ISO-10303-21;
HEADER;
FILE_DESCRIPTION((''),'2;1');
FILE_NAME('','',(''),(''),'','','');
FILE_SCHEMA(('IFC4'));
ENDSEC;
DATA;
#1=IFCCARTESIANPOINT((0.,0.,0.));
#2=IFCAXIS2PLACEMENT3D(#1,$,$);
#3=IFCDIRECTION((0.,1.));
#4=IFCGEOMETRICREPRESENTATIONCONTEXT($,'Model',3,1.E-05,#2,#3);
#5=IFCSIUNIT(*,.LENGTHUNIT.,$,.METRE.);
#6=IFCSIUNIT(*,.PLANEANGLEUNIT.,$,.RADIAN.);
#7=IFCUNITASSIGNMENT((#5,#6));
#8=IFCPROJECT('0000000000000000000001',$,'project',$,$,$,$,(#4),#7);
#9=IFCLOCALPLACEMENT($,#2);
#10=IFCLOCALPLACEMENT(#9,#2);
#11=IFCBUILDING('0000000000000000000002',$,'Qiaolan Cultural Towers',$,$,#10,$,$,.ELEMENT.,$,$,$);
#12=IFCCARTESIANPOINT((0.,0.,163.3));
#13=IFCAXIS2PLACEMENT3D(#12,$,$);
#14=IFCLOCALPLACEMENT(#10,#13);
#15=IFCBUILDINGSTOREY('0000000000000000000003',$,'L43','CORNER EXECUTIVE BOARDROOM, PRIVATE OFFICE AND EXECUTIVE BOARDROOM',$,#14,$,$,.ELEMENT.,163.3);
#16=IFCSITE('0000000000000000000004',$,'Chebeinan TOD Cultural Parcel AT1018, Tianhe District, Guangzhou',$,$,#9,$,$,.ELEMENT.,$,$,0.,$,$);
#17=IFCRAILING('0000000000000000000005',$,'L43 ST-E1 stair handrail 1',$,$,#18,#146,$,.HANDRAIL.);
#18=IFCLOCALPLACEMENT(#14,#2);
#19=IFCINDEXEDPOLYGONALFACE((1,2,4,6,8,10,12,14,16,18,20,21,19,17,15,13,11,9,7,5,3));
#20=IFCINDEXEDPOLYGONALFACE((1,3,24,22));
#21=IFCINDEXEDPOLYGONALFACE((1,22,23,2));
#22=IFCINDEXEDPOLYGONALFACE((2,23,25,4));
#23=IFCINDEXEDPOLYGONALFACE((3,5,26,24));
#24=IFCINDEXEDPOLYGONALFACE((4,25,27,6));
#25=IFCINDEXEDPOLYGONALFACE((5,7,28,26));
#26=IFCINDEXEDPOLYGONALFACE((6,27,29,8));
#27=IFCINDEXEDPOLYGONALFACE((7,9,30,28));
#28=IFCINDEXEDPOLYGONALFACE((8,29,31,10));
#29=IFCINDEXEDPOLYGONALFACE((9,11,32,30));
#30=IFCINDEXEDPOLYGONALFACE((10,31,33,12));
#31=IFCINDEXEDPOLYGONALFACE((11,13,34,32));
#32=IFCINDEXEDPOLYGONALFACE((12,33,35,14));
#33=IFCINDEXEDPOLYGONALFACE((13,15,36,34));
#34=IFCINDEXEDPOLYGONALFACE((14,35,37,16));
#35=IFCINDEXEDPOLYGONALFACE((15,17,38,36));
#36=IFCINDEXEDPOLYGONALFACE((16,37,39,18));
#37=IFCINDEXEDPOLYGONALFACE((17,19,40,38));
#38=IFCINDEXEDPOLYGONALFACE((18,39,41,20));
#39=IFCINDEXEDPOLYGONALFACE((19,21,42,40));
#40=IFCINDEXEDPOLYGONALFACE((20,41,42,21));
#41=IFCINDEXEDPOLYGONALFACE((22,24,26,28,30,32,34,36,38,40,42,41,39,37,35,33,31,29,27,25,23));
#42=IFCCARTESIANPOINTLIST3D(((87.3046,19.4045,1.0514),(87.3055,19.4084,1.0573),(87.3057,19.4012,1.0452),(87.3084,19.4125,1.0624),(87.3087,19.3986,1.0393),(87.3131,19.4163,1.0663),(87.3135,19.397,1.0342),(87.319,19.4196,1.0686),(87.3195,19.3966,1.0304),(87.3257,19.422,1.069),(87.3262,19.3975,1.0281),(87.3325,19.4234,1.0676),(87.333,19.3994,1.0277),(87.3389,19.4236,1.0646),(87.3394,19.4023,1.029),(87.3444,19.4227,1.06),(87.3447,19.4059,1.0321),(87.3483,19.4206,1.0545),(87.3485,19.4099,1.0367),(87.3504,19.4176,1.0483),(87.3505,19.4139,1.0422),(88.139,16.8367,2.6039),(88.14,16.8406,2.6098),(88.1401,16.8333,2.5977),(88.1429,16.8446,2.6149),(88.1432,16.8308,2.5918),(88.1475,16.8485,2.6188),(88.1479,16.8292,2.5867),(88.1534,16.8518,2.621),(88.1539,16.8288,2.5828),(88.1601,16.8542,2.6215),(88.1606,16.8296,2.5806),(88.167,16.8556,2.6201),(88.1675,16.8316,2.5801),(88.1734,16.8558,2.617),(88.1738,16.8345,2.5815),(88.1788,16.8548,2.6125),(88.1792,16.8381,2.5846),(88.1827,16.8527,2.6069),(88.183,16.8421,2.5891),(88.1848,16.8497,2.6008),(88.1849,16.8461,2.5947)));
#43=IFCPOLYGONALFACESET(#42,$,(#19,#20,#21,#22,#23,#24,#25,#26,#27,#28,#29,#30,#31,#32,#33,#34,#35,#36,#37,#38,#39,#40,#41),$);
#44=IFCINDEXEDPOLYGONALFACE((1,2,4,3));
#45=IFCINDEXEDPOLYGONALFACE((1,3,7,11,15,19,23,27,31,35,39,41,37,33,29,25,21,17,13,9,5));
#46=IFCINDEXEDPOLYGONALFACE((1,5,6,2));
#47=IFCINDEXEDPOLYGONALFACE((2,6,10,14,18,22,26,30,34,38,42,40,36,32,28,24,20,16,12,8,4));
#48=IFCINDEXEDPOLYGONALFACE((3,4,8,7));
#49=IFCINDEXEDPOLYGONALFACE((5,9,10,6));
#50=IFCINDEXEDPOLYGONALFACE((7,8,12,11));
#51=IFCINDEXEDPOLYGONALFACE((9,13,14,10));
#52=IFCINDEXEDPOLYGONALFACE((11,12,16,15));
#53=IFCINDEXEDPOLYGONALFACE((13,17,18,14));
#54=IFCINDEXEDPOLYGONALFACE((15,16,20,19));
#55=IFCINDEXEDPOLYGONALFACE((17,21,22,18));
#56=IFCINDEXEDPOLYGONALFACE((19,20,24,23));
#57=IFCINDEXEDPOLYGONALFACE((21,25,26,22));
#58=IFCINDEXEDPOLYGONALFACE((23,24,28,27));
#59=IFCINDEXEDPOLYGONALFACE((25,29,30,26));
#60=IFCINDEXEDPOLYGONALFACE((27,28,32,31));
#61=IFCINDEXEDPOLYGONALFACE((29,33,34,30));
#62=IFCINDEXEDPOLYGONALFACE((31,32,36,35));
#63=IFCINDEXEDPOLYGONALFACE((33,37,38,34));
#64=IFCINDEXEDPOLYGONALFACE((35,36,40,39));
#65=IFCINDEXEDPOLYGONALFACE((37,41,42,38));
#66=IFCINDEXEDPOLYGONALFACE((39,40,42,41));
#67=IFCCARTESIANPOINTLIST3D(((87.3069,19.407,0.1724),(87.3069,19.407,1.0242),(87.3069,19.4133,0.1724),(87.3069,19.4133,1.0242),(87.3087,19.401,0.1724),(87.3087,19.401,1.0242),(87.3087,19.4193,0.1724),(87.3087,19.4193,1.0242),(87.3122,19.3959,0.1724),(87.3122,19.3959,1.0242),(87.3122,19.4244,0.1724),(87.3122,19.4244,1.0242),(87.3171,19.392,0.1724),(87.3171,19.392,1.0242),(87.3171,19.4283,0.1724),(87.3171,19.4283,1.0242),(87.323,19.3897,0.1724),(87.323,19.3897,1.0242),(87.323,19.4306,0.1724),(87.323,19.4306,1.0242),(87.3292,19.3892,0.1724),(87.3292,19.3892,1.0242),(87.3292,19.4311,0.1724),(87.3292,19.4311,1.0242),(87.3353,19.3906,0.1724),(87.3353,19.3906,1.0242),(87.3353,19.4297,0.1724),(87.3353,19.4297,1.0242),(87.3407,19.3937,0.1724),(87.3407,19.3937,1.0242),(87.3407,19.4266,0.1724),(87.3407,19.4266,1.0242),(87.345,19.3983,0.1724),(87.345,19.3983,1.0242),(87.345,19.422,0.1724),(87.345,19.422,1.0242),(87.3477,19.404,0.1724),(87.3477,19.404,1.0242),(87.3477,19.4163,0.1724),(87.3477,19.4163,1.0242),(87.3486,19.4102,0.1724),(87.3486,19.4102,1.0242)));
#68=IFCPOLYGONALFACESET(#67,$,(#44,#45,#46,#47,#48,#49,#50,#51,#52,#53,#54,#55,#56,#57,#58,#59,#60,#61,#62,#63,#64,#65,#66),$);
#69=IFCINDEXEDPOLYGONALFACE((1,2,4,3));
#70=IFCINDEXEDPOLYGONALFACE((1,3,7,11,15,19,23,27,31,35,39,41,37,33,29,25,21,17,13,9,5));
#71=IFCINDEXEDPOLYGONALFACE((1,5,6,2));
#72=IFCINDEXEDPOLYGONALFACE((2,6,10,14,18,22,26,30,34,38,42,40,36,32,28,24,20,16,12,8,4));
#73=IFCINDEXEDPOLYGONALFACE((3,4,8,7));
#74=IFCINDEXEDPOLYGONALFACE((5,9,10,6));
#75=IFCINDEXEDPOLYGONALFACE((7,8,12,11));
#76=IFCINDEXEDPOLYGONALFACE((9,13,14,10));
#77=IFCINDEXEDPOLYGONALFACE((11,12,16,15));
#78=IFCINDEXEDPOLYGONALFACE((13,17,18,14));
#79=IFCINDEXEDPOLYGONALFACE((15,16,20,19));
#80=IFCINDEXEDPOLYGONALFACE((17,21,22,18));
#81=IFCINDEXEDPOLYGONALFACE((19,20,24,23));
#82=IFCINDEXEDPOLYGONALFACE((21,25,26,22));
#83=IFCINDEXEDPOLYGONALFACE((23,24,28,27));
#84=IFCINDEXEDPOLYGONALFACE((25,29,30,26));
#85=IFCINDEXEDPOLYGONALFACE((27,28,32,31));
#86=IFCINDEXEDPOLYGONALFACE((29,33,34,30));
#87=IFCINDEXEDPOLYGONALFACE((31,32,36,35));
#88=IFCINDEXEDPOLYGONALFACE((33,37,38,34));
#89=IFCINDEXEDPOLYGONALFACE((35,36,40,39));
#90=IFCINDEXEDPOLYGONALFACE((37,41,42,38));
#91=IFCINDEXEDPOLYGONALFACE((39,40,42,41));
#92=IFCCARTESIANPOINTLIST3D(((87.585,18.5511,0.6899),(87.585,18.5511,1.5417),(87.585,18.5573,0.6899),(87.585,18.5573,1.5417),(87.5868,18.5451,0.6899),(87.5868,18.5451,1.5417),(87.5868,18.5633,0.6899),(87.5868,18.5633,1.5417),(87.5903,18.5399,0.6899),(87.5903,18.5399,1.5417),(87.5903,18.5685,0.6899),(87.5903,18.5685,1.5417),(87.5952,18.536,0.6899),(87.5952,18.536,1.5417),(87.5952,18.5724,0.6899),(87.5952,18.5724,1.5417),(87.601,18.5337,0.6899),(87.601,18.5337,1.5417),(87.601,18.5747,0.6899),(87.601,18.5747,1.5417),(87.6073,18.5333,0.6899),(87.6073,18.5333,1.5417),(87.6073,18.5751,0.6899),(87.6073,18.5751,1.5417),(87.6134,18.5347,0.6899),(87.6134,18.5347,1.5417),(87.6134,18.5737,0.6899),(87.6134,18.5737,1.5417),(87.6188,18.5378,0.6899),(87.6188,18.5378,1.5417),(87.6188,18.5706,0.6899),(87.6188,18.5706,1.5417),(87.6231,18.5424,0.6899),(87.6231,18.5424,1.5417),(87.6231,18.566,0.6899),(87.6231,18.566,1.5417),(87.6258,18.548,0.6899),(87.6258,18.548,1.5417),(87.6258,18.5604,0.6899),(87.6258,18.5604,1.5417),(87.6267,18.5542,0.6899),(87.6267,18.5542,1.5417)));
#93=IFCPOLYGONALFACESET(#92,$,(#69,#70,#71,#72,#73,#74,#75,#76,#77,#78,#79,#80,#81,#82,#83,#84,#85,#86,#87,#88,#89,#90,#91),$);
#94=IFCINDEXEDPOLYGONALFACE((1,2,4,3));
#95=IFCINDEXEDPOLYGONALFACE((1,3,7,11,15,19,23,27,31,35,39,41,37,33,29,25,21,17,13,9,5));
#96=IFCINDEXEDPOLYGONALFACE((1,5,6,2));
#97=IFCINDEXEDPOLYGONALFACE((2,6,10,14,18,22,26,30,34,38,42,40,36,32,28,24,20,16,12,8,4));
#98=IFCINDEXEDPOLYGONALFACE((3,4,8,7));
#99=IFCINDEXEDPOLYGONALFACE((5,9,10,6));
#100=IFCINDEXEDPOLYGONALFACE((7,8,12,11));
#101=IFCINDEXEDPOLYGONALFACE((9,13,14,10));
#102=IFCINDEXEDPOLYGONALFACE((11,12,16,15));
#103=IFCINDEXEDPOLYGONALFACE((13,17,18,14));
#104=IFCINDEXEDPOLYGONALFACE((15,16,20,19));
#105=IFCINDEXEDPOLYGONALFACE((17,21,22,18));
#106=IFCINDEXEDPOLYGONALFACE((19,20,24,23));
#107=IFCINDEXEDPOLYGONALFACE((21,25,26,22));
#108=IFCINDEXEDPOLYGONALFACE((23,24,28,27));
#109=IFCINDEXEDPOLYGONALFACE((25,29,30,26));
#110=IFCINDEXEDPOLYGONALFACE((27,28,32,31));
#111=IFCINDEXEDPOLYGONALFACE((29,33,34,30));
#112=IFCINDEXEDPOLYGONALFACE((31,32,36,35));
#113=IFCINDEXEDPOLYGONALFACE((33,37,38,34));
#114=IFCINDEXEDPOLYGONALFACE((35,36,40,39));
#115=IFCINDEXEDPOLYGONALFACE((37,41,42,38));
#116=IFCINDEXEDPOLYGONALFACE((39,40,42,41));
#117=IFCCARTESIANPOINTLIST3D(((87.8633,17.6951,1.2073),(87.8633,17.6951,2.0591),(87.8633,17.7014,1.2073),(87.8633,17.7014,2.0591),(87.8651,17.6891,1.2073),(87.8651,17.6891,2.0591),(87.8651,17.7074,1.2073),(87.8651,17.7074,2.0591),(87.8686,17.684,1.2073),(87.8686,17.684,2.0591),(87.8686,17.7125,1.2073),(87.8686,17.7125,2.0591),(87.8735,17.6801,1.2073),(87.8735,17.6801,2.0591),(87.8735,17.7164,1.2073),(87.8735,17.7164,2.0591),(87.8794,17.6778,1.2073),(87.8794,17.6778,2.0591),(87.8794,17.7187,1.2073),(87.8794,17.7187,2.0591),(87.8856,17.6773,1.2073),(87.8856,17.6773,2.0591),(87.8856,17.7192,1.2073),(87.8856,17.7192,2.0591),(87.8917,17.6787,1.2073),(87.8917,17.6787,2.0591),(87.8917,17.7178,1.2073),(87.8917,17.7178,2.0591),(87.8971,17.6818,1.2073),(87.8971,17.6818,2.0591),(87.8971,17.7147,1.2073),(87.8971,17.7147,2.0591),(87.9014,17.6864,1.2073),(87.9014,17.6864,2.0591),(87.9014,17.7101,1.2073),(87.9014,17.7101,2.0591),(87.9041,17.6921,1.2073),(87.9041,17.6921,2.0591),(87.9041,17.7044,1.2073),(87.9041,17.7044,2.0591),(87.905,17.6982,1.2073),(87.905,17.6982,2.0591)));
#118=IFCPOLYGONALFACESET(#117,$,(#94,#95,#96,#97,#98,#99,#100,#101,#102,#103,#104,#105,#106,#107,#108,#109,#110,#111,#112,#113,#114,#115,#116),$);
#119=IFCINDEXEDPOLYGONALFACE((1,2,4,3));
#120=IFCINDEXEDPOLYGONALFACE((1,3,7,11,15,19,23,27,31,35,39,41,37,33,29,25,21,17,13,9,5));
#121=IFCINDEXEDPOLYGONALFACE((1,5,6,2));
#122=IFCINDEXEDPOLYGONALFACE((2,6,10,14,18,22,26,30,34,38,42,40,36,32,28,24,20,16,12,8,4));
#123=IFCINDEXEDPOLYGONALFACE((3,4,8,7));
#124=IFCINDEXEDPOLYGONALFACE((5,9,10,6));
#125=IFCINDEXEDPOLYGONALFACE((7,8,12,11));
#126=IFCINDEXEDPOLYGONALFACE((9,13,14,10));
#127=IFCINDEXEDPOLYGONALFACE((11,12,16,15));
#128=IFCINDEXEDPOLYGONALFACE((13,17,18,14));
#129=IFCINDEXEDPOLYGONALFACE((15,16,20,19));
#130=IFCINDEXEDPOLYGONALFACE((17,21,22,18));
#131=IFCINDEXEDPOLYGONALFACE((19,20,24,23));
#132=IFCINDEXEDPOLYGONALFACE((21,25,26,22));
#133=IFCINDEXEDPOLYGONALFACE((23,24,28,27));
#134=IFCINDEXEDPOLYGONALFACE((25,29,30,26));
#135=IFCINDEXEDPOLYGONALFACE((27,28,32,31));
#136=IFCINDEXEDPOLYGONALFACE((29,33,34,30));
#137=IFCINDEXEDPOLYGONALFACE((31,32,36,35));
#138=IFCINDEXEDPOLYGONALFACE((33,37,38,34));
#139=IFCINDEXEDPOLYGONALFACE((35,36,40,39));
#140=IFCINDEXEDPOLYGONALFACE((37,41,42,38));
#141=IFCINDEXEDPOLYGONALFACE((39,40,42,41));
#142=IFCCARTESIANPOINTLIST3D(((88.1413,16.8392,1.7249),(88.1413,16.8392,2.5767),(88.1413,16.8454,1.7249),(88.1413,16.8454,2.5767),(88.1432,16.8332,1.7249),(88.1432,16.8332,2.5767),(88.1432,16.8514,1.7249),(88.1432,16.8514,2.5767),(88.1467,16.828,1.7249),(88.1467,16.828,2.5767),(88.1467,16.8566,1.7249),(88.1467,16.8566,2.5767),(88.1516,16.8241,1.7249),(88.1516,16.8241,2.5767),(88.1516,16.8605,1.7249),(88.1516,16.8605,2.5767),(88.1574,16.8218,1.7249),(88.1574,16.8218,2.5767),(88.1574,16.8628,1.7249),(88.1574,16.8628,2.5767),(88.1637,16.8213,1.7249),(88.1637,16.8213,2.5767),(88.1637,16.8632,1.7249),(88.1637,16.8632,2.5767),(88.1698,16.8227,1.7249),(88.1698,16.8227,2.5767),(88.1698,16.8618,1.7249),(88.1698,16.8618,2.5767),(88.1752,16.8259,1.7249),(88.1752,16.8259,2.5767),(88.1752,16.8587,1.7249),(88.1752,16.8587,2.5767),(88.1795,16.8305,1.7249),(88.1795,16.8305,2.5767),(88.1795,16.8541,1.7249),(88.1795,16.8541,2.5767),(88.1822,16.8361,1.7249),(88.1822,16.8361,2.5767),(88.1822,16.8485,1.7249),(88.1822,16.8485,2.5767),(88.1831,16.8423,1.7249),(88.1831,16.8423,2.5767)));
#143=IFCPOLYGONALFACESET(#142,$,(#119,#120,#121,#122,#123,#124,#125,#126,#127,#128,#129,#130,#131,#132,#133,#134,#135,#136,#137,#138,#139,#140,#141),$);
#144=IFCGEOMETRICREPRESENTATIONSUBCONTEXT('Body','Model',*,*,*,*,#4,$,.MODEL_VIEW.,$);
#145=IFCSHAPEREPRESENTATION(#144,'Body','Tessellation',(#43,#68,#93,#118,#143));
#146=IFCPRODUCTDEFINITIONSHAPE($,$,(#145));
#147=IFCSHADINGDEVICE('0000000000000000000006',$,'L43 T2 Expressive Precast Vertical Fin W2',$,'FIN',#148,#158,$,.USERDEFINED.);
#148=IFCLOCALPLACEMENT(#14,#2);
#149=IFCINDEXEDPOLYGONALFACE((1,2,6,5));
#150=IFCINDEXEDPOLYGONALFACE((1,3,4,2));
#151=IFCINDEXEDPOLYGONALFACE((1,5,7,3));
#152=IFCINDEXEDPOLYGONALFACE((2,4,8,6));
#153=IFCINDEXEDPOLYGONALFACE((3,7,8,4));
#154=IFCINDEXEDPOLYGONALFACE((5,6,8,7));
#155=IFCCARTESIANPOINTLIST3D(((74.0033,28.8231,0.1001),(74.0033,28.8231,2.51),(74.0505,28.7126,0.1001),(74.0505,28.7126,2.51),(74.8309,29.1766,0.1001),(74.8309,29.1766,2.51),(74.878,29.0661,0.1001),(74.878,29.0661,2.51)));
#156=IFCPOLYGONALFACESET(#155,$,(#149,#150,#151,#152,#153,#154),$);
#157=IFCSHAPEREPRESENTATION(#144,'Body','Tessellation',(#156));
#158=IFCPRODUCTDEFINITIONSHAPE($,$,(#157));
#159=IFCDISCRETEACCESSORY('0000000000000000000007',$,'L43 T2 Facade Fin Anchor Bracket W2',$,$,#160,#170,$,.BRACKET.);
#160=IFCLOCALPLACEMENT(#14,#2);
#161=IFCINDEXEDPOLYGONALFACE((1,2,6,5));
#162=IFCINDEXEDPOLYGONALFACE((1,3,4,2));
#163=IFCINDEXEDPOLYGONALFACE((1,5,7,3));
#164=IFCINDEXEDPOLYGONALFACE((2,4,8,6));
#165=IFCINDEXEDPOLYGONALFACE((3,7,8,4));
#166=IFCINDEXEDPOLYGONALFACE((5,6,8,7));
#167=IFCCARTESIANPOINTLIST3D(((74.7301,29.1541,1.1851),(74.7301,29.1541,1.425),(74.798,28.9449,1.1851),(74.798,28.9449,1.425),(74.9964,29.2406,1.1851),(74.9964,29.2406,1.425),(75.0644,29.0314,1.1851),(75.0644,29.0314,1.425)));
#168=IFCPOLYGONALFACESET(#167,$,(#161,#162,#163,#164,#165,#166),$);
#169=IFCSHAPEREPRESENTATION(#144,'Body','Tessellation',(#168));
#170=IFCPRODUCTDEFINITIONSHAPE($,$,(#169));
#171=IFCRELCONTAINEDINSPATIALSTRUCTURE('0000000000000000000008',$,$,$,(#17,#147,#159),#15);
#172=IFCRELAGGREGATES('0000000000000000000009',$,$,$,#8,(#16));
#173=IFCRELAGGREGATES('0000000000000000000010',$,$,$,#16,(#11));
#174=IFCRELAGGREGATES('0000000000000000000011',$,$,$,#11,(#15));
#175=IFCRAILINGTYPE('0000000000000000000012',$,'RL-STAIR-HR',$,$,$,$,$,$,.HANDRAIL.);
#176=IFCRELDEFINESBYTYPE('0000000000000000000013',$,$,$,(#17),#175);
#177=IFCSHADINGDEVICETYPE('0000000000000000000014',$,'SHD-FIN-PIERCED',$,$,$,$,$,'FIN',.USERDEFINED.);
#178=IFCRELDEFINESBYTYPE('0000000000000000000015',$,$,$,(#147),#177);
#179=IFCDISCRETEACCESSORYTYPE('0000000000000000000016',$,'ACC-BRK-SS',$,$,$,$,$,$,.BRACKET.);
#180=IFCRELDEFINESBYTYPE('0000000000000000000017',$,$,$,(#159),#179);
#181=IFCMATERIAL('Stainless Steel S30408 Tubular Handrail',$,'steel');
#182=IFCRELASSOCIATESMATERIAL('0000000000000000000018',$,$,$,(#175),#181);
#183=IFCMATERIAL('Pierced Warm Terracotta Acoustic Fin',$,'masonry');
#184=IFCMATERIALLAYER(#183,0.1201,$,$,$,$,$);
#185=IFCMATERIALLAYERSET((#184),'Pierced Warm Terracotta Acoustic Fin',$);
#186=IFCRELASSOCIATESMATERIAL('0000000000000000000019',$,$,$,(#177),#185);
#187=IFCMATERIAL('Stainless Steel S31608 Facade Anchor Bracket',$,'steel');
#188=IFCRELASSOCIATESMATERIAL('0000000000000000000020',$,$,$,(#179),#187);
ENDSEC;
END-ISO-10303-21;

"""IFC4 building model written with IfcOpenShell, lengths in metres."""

from ifc_helpers import new_model, si_unit, direction, frame, origin, origin_2d, place, context, subcontext, project, spatial, rectangle, circle, extrude, material, layer, layer_set, type_object, element, save


model = new_model("IFC4")

# Units and contexts
model_context = context("Model", 3, precision=1e-05, world=origin(), true_north=direction((0.0, 1.0)))
body_context = subcontext(model_context, "Body", "Model", "MODEL_VIEW")
ifc_project = project(units=[si_unit("LENGTHUNIT", "METRE"), si_unit("PLANEANGLEUNIT", "RADIAN")], contexts=[model_context])

# Site, building, storey
site_placement = place(None, origin())
site = spatial("IfcSite", under=ifc_project, at=site_placement, Name="Chebeinan TOD Cultural Parcel AT1018, Tianhe District, Guangzhou", CompositionType="ELEMENT", RefElevation=0.0)
building_placement = place(site_placement, origin())
building = spatial("IfcBuilding", under=site, at=building_placement, Name="Qiaolan Cultural Towers", CompositionType="ELEMENT")
storey_placement = place(building_placement, frame((0.0, 0.0, 163.3)))
storey = spatial("IfcBuildingStorey", under=building, at=storey_placement, Name="L43", Description="CORNER EXECUTIVE BOARDROOM, PRIVATE OFFICE AND EXECUTIVE BOARDROOM", CompositionType="ELEMENT", Elevation=163.3)

# Railing
ifc_material_1 = material(Name="Stainless Steel S30408 Tubular Handrail", Category="steel")
railing_type_1 = type_object("IfcRailingType", Name="RL-STAIR-HR", PredefinedType="HANDRAIL", material=ifc_material_1)
railing_1_placement = place(storey_placement, frame((87.3276, 19.4102, 0.1724)))
element("IfcRailing", 1, at=railing_1_placement, inside=storey, type_object=railing_type_1, Name="L43 ST-E1 stair handrail 1", PredefinedType="HANDRAIL", context=body_context, shape_type="SweptSolid", body=[
    extrude(circle(Radius=0.0239, at=origin_2d()), frame((0.0, 0.0, 0.876), z_axis=(0.267926, -0.824471, 0.498461), x_axis=(0.951043, 0.309057, 0.0)), (0.0, 0.0, 1.0), 3.1145),
    extrude(circle(Radius=0.021, at=origin_2d()), origin(), (0.0, 0.0, 1.0), 0.8518),
    extrude(circle(Radius=0.021, at=origin_2d()), frame((0.2781, -0.856, 0.5176)), (0.0, 0.0, 1.0), 0.8518),
    extrude(circle(Radius=0.021, at=origin_2d()), frame((0.5564, -1.7119, 1.0349)), (0.0, 0.0, 1.0), 0.8518),
    extrude(circle(Radius=0.021, at=origin_2d()), frame((0.8345, -2.5679, 1.5525)), (0.0, 0.0, 1.0), 0.8518),
])

# Shading device
ifc_material_2 = material(Name="Pierced Warm Terracotta Acoustic Fin", Category="masonry")
ifc_layer_1 = layer(ifc_material_2, 0.1201)
ifc_layer_set_1 = layer_set([ifc_layer_1], Name="Pierced Warm Terracotta Acoustic Fin")
shading_device_type = type_object("IfcShadingDeviceType", Name="SHD-FIN-PIERCED", ElementType="FIN", PredefinedType="USERDEFINED", material=ifc_layer_set_1)
shading_device_placement = place(storey_placement, frame((74.4407, 28.9446, 0.1001), z_axis=(0.0, 0.0, 1.0), x_axis=(0.919614, 0.392824, 0.0)))
element("IfcShadingDevice", 2, at=shading_device_placement, inside=storey, type_object=shading_device_type, Name="L43 T2 Expressive Precast Vertical Fin W2", ObjectType="FIN", PredefinedType="USERDEFINED", context=body_context, shape_type="SweptSolid", body=[
    extrude(rectangle(XDim=0.8999, YDim=0.1201, at=origin_2d()), origin(), (0.0, 0.0, 1.0), 2.4099),
])

# Discrete accessory
ifc_material_3 = material(Name="Stainless Steel S31608 Facade Anchor Bracket", Category="steel")
discrete_accessory_type = type_object("IfcDiscreteAccessoryType", Name="ACC-BRK-SS", PredefinedType="BRACKET", material=ifc_material_3)
discrete_accessory_placement = place(storey_placement, frame((74.8972, 29.0928, 1.1851), z_axis=(0.0, 0.0, 1.0), x_axis=(0.951057, 0.309017, 0.0)))
element("IfcDiscreteAccessory", 3, at=discrete_accessory_placement, inside=storey, type_object=discrete_accessory_type, Name="L43 T2 Facade Fin Anchor Bracket W2", PredefinedType="BRACKET", context=body_context, shape_type="SweptSolid", body=[
    extrude(rectangle(XDim=0.28, YDim=0.22, at=origin_2d()), origin(), (0.0, 0.0, 1.0), 0.24),
])

save(model, "model.ifc")
